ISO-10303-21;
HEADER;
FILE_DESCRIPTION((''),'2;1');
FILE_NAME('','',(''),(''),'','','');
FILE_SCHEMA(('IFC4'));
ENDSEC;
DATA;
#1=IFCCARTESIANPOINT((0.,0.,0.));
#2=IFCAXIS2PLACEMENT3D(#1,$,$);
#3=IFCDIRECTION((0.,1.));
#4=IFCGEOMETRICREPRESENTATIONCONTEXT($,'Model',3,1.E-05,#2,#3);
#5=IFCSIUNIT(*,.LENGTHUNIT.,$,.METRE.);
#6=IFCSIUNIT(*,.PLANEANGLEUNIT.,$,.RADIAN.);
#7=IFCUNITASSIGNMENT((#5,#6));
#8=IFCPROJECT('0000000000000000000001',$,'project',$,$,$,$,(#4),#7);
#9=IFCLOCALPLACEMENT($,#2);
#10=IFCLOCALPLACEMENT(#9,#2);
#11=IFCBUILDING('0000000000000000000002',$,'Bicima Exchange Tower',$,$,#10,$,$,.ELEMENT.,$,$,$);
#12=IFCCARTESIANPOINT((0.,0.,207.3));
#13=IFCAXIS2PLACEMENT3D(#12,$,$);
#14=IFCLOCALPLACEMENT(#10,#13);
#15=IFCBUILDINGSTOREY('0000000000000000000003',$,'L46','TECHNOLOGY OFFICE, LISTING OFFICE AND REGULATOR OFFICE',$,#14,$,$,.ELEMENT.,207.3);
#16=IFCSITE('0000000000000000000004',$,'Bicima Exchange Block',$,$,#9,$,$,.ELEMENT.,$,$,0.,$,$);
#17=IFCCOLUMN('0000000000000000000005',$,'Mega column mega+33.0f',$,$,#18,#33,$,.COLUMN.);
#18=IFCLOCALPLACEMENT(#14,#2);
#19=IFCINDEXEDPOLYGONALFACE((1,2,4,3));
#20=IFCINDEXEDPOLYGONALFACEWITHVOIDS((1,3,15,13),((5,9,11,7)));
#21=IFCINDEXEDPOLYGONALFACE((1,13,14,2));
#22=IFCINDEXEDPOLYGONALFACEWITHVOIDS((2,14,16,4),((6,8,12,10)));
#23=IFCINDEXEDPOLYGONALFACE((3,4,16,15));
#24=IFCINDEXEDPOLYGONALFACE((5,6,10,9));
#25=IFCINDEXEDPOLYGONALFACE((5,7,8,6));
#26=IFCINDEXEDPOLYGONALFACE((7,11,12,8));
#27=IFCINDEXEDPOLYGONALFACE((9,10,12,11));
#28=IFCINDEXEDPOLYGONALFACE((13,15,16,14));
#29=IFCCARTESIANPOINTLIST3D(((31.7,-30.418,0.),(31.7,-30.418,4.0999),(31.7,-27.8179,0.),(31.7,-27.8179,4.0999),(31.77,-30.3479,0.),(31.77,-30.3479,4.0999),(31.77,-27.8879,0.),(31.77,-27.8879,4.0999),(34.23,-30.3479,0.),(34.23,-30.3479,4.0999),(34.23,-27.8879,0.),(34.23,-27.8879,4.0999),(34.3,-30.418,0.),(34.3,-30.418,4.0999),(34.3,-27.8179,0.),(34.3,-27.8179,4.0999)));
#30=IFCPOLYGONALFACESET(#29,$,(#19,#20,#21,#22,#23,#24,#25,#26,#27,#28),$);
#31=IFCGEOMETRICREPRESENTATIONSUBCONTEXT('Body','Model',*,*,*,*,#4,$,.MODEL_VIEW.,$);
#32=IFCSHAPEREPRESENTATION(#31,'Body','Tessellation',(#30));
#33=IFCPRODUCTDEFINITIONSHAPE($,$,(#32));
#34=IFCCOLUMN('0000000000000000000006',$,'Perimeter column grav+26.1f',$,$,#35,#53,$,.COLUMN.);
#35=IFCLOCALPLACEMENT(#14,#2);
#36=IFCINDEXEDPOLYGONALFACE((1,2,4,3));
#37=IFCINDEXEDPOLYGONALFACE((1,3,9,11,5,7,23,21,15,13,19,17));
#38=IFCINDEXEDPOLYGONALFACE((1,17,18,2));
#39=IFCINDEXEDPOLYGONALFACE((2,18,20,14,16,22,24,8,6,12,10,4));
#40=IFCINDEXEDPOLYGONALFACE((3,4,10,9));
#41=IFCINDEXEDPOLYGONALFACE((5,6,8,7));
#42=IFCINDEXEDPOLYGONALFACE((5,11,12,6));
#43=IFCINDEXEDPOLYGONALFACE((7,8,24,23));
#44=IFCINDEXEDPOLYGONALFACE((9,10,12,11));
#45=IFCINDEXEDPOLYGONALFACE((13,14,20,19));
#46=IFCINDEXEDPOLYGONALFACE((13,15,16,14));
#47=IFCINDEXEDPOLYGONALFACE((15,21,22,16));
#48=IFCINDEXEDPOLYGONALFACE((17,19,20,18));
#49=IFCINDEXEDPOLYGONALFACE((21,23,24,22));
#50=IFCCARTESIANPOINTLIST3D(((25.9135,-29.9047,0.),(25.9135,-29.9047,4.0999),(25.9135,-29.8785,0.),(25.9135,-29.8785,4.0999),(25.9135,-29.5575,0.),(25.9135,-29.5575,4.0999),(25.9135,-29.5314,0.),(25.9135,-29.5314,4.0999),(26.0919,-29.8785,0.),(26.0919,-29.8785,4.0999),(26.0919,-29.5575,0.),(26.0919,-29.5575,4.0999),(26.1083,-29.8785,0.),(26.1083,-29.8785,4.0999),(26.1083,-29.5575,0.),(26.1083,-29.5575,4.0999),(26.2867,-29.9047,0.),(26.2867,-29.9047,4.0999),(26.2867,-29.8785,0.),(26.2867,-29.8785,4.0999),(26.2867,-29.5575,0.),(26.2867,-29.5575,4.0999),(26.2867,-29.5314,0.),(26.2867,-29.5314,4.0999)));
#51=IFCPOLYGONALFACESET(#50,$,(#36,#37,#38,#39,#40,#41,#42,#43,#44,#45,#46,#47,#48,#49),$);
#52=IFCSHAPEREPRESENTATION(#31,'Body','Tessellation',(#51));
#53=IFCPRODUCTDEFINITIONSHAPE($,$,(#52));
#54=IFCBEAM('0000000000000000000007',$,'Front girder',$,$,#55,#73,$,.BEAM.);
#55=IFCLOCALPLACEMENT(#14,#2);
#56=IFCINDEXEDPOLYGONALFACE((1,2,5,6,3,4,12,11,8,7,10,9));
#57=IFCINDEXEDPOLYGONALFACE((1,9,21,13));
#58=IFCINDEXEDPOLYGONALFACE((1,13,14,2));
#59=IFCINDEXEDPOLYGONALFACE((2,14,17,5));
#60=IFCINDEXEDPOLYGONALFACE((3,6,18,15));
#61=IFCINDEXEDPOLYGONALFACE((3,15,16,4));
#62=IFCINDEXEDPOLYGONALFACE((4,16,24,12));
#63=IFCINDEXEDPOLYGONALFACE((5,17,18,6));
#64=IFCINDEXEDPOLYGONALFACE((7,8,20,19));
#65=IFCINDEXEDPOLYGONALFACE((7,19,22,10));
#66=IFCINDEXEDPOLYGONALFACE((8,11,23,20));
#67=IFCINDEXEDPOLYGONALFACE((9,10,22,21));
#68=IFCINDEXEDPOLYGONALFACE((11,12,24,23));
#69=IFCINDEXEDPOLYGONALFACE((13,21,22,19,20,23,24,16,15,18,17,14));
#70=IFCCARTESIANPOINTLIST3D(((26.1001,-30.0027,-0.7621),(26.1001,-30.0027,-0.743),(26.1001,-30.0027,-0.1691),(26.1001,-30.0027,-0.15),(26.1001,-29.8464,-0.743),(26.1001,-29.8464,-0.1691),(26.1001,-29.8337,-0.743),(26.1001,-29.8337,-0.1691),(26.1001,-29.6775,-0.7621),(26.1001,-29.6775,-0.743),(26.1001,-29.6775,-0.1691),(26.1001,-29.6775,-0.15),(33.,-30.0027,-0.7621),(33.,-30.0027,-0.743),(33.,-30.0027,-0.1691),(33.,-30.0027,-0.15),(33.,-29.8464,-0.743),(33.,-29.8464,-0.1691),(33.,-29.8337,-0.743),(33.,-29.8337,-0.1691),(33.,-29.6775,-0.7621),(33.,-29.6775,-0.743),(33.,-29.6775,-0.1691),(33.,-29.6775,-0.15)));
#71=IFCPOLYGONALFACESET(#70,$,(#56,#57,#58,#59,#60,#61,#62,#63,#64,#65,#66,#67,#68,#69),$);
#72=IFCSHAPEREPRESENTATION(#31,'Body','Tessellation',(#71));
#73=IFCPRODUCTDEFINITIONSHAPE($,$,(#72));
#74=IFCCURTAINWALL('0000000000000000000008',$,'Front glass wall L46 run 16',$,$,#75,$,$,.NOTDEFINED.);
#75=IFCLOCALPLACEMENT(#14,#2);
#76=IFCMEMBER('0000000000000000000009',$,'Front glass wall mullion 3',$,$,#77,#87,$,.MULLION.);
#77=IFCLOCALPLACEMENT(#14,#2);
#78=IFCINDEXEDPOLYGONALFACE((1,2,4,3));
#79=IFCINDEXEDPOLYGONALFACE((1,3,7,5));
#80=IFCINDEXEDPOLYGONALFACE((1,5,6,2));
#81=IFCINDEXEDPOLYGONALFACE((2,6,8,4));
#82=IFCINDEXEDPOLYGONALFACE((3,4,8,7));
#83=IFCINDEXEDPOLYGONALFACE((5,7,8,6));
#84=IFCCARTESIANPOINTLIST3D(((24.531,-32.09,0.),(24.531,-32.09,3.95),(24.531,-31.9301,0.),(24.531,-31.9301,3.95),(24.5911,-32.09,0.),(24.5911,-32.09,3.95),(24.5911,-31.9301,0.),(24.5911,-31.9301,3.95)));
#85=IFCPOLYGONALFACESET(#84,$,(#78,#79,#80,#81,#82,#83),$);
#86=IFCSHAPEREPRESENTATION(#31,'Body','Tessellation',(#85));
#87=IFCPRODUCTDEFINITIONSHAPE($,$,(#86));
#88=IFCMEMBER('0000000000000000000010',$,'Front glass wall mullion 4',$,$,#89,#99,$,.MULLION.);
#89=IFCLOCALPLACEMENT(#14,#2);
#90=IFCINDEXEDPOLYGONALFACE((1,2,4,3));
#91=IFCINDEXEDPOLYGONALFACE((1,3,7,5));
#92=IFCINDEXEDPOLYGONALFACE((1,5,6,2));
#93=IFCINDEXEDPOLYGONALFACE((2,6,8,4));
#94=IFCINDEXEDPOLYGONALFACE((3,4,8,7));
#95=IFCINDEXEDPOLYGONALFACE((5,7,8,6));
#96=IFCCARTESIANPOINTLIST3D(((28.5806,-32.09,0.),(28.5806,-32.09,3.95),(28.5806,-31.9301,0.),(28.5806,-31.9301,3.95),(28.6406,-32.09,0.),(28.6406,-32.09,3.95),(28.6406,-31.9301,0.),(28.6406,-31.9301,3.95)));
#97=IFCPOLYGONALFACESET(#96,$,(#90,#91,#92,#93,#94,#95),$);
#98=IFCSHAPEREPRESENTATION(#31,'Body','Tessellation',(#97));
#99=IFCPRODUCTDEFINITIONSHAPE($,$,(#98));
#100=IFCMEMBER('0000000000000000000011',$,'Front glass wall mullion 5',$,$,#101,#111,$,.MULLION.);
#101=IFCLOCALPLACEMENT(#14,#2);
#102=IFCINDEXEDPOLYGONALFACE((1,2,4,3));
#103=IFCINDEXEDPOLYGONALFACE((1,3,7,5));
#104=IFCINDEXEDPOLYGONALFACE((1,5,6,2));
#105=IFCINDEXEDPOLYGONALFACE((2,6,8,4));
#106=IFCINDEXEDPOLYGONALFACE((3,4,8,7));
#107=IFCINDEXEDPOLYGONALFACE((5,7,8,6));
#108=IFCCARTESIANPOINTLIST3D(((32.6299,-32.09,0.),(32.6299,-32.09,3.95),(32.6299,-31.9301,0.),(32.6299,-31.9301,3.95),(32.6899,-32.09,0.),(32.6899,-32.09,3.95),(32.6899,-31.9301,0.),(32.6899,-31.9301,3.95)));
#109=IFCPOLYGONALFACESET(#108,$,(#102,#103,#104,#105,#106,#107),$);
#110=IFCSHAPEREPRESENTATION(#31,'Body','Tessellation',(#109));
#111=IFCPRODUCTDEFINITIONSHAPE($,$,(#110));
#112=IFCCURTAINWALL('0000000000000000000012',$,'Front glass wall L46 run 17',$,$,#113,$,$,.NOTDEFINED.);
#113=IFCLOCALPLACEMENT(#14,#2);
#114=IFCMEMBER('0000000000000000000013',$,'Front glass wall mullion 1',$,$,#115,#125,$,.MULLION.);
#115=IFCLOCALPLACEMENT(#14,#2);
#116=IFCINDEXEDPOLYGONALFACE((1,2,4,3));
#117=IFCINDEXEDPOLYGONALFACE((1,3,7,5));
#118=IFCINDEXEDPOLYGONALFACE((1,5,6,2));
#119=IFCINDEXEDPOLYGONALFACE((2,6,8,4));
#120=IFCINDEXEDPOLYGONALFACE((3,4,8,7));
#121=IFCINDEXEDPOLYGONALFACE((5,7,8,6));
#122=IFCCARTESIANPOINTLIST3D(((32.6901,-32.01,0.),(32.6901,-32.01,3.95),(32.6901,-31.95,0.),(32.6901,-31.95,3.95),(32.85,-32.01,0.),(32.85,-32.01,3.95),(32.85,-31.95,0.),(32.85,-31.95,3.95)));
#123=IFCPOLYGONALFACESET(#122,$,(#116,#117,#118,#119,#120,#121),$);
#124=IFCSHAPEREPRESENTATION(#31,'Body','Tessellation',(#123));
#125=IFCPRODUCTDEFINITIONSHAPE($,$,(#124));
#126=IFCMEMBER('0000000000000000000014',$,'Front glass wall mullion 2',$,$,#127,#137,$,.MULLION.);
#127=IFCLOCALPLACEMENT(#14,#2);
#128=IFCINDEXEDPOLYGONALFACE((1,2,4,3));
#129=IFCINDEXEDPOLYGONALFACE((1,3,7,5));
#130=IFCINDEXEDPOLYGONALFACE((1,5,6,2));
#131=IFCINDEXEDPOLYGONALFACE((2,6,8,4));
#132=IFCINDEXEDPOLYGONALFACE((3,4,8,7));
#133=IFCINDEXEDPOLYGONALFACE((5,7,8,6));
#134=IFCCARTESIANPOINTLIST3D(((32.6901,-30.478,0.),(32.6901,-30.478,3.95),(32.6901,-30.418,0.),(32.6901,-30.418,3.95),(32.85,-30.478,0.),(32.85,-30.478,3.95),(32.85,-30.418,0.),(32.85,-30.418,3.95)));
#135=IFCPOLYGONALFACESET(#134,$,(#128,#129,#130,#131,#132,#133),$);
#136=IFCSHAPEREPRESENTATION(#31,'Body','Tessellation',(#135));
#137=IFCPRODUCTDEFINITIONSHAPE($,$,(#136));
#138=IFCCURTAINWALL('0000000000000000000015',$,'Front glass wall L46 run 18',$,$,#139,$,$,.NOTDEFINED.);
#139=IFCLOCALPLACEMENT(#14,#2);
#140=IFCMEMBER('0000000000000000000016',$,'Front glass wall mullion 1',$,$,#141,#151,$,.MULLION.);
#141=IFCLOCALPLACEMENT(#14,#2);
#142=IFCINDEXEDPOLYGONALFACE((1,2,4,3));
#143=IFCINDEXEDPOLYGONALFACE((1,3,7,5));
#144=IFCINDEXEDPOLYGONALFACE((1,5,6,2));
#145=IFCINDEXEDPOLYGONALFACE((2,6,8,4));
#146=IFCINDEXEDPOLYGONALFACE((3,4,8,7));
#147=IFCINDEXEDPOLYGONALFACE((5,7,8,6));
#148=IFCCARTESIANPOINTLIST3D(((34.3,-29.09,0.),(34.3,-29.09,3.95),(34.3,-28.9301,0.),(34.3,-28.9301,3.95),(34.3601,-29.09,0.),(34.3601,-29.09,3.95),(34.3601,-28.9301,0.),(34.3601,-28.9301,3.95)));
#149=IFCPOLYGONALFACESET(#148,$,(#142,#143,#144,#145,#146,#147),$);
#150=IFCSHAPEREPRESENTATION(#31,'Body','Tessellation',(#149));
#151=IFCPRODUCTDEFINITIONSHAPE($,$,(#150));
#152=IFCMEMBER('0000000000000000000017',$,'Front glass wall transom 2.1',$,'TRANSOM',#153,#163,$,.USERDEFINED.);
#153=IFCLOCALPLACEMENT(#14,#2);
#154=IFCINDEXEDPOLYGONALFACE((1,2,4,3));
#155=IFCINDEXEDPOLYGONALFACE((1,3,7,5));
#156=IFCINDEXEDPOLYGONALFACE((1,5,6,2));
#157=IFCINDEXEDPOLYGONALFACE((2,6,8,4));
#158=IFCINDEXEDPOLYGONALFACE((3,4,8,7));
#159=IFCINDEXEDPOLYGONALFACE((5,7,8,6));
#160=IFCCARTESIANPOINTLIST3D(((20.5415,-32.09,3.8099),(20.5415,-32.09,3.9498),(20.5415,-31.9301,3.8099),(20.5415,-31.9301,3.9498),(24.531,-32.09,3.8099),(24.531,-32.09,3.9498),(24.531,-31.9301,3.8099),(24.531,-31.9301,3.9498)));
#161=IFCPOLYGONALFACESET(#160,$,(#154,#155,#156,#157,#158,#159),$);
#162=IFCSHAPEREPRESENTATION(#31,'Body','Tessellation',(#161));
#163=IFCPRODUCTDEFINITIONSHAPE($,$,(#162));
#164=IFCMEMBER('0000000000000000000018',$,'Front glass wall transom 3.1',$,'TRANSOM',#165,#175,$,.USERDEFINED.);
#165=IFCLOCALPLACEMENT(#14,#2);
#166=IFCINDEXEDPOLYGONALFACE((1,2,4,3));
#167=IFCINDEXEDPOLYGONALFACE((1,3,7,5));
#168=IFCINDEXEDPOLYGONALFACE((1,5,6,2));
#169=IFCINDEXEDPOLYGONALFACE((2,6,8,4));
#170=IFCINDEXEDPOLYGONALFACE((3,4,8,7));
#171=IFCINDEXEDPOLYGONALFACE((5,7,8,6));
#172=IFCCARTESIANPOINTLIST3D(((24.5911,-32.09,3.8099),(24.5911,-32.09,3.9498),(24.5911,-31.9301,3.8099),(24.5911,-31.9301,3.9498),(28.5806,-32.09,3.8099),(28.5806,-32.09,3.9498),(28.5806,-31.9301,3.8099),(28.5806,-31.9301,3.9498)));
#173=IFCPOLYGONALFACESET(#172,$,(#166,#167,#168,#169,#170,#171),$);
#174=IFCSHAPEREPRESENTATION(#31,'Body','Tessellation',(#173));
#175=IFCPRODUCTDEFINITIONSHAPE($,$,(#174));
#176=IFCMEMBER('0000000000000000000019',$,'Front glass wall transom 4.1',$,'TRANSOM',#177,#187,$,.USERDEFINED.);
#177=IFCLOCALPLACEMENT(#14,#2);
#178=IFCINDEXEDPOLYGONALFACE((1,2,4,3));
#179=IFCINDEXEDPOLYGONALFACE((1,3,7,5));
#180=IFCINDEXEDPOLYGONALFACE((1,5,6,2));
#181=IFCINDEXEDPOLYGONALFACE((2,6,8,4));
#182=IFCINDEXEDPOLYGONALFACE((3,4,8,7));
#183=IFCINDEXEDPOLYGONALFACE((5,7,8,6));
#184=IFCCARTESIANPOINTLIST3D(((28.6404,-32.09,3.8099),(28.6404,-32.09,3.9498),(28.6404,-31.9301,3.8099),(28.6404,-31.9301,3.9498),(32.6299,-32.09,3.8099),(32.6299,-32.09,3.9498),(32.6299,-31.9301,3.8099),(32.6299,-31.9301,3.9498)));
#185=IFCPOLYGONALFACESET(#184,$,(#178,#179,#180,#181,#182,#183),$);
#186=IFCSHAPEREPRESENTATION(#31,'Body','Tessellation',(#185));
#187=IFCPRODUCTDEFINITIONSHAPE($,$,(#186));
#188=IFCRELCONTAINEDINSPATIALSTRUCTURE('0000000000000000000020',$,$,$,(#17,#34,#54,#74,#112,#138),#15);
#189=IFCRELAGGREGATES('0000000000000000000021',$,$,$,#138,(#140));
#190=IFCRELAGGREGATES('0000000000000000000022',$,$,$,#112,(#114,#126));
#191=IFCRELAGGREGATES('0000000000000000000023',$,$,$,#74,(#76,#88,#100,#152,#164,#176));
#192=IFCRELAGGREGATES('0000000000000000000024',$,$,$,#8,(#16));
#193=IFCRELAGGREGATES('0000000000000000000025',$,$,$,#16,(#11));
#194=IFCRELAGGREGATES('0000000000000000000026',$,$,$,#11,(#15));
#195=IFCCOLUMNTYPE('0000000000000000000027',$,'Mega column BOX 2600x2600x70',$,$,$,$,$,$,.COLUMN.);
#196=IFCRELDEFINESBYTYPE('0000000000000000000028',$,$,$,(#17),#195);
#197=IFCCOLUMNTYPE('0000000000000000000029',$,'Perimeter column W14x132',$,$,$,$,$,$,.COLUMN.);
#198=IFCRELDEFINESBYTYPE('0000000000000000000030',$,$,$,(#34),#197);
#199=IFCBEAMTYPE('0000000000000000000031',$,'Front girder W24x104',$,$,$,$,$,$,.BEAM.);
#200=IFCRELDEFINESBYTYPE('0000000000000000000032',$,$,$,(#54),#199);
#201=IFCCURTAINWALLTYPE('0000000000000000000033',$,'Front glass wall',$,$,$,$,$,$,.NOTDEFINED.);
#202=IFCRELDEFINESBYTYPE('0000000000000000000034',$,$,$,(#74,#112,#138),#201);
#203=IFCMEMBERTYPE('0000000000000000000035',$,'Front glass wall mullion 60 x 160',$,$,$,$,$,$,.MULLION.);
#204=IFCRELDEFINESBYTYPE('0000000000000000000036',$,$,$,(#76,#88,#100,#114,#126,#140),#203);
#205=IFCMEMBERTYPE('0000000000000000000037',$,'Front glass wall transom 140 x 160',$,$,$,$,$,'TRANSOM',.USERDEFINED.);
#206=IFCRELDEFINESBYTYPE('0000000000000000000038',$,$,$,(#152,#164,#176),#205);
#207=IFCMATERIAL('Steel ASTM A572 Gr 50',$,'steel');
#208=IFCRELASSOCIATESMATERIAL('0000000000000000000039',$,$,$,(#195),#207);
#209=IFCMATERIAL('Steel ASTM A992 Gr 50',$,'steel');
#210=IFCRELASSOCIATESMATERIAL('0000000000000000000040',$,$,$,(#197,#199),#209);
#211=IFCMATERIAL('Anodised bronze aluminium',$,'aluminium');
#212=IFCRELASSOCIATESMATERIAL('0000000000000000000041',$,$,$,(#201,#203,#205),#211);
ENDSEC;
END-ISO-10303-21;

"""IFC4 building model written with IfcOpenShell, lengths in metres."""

from ifc_helpers import new_model, si_unit, direction, frame, origin, origin_2d, place, context, subcontext, project, spatial, rectangle, hollow_rectangle, i_section, extrude, material, material_profile, profile_set, type_object, element, aggregate, save


model = new_model("IFC4")

# Units and contexts
model_context = context("Model", 3, precision=1e-05, world=origin(), true_north=direction((0.0, 1.0)))
body_context = subcontext(model_context, "Body", "Model", "MODEL_VIEW")
ifc_project = project(units=[si_unit("LENGTHUNIT", "METRE"), si_unit("PLANEANGLEUNIT", "RADIAN")], contexts=[model_context])

# Site, building, storey
site_placement = place(None, origin())
site = spatial("IfcSite", under=ifc_project, at=site_placement, Name="Bicima Exchange Block", CompositionType="ELEMENT", RefElevation=0.0)
building_placement = place(site_placement, origin())
building = spatial("IfcBuilding", under=site, at=building_placement, Name="Bicima Exchange Tower", CompositionType="ELEMENT")
storey_placement = place(building_placement, frame((0.0, 0.0, 207.3)))
storey = spatial("IfcBuildingStorey", under=building, at=storey_placement, Name="L46", Description="TECHNOLOGY OFFICE, LISTING OFFICE AND REGULATOR OFFICE", CompositionType="ELEMENT", Elevation=207.3)

# Columns
ifc_material_1 = material(Name="Steel ASTM A572 Gr 50", Category="steel")
ifc_material_profile_1 = material_profile(ifc_material_1, hollow_rectangle(XDim=2.6001, YDim=2.6001, WallThickness=0.0701, at=origin_2d()))
ifc_profile_set_1 = profile_set([ifc_material_profile_1], Name="Steel ASTM A572 Gr 50")
column_type_1 = type_object("IfcColumnType", Name="Mega column BOX 2600x2600x70", PredefinedType="COLUMN", material=ifc_profile_set_1)
column_1_placement = place(storey_placement, frame((33.0, -29.1179, 0.0), z_axis=(0.0, 0.0, 1.0), x_axis=(1.0, 0.0, 0.0)))
element("IfcColumn", 1, at=column_1_placement, inside=storey, type_object=column_type_1, Name="Mega column mega+33.0f", PredefinedType="COLUMN", context=body_context, shape_type="SweptSolid", body=[
    extrude(hollow_rectangle(XDim=2.6001, YDim=2.6001, WallThickness=0.0701, at=origin_2d()), origin(), (0.0, 0.0, 1.0), 4.0999),
])
ifc_material_2 = material(Name="Steel ASTM A992 Gr 50", Category="steel")
ifc_material_profile_2 = material_profile(ifc_material_2, i_section(OverallWidth=0.3733, OverallDepth=0.3733, WebThickness=0.0164, FlangeThickness=0.0261, at=origin_2d()))
ifc_profile_set_2 = profile_set([ifc_material_profile_2], Name="Steel ASTM A992 Gr 50")
column_type_2 = type_object("IfcColumnType", Name="Perimeter column W14x132", PredefinedType="COLUMN", material=ifc_profile_set_2)
column_2_placement = place(storey_placement, frame((26.1001, -29.718, 0.0), z_axis=(0.0, 0.0, 1.0), x_axis=(1.0, 0.0, 0.0)))
element("IfcColumn", 2, at=column_2_placement, inside=storey, type_object=column_type_2, Name="Perimeter column grav+26.1f", PredefinedType="COLUMN", context=body_context, shape_type="SweptSolid", body=[
    extrude(i_section(OverallWidth=0.3733, OverallDepth=0.3733, WebThickness=0.0164, FlangeThickness=0.0261, at=origin_2d()), origin(), (0.0, 0.0, 1.0), 4.0999),
])

# Beam
ifc_material_profile_3 = material_profile(ifc_material_2, i_section(OverallWidth=0.3252, OverallDepth=0.6121, WebThickness=0.0127, FlangeThickness=0.019, at=origin_2d()))
ifc_profile_set_3 = profile_set([ifc_material_profile_3], Name="Steel ASTM A992 Gr 50")
beam_type = type_object("IfcBeamType", Name="Front girder W24x104", PredefinedType="BEAM", material=ifc_profile_set_3)
beam_placement = place(storey_placement, frame((26.1001, -29.8401, -0.4561), z_axis=(1.0, 0.0, 0.0), x_axis=(0.0, 1.0, 0.0)))
element("IfcBeam", 3, at=beam_placement, inside=storey, type_object=beam_type, Name="Front girder", PredefinedType="BEAM", context=body_context, shape_type="SweptSolid", body=[
    extrude(i_section(OverallWidth=0.3252, OverallDepth=0.6121, WebThickness=0.0127, FlangeThickness=0.019, at=origin_2d()), origin(), (0.0, 0.0, 1.0), 6.8999),
])

# Curtain walls, members
ifc_material_3 = material(Name="Anodised bronze aluminium", Category="aluminium")
curtain_wall_type = type_object("IfcCurtainWallType", Name="Front glass wall", PredefinedType="NOTDEFINED", material=ifc_material_3)
curtain_wall_1_placement = place(storey_placement, origin())
curtain_wall_1 = element("IfcCurtainWall", 4, at=curtain_wall_1_placement, inside=storey, type_object=curtain_wall_type, Name="Front glass wall L46 run 16", PredefinedType="NOTDEFINED")
ifc_material_profile_4 = material_profile(ifc_material_3, rectangle(XDim=0.1599, YDim=0.0601, at=origin_2d()))
ifc_profile_set_4 = profile_set([ifc_material_profile_4], Name="Anodised bronze aluminium")
member_type_1 = type_object("IfcMemberType", Name="Front glass wall mullion 60 x 160", PredefinedType="MULLION", material=ifc_profile_set_4)
member_1_placement = place(storey_placement, frame((24.561, -32.01, 0.0), z_axis=(0.0, 0.0, 1.0), x_axis=(0.0, 1.0, 0.0)))
member_1 = element("IfcMember", 5, at=member_1_placement, type_object=member_type_1, Name="Front glass wall mullion 3", PredefinedType="MULLION", context=body_context, shape_type="SweptSolid", body=[
    extrude(rectangle(XDim=0.1599, YDim=0.0601, at=origin_2d()), origin(), (0.0, 0.0, 1.0), 3.95),
])
member_2_placement = place(storey_placement, frame((28.6106, -32.01, 0.0), z_axis=(0.0, 0.0, 1.0), x_axis=(0.0, 1.0, 0.0)))
member_2 = element("IfcMember", 6, at=member_2_placement, type_object=member_type_1, Name="Front glass wall mullion 4", PredefinedType="MULLION", context=body_context, shape_type="SweptSolid", body=[
    extrude(rectangle(XDim=0.1599, YDim=0.0601, at=origin_2d()), origin(), (0.0, 0.0, 1.0), 3.95),
])
member_3_placement = place(storey_placement, frame((32.6599, -32.01, 0.0), z_axis=(0.0, 0.0, 1.0), x_axis=(0.0, 1.0, 0.0)))
member_3 = element("IfcMember", 7, at=member_3_placement, type_object=member_type_1, Name="Front glass wall mullion 5", PredefinedType="MULLION", context=body_context, shape_type="SweptSolid", body=[
    extrude(rectangle(XDim=0.1599, YDim=0.0601, at=origin_2d()), origin(), (0.0, 0.0, 1.0), 3.95),
])
curtain_wall_2_placement = place(storey_placement, origin())
curtain_wall_2 = element("IfcCurtainWall", 8, at=curtain_wall_2_placement, inside=storey, type_object=curtain_wall_type, Name="Front glass wall L46 run 17", PredefinedType="NOTDEFINED")
member_4_placement = place(storey_placement, frame((32.77, -31.98, 0.0), z_axis=(0.0, 0.0, 1.0), x_axis=(-1.0, 0.0, 0.0)))
member_4 = element("IfcMember", 9, at=member_4_placement, type_object=member_type_1, Name="Front glass wall mullion 1", PredefinedType="MULLION", context=body_context, shape_type="SweptSolid", body=[
    extrude(rectangle(XDim=0.1599, YDim=0.0601, at=origin_2d()), origin(), (0.0, 0.0, 1.0), 3.95),
])
member_5_placement = place(storey_placement, frame((32.77, -30.448, 0.0), z_axis=(0.0, 0.0, 1.0), x_axis=(-1.0, 0.0, 0.0)))
member_5 = element("IfcMember", 10, at=member_5_placement, type_object=member_type_1, Name="Front glass wall mullion 2", PredefinedType="MULLION", context=body_context, shape_type="SweptSolid", body=[
    extrude(rectangle(XDim=0.1599, YDim=0.0601, at=origin_2d()), origin(), (0.0, 0.0, 1.0), 3.95),
])

# Curtain wall, member
curtain_wall_3_placement = place(storey_placement, origin())
curtain_wall_3 = element("IfcCurtainWall", 11, at=curtain_wall_3_placement, inside=storey, type_object=curtain_wall_type, Name="Front glass wall L46 run 18", PredefinedType="NOTDEFINED")
member_6_placement = place(storey_placement, frame((34.3301, -29.01, 0.0), z_axis=(0.0, 0.0, 1.0), x_axis=(0.0, 1.0, 0.0)))
member_6 = element("IfcMember", 12, at=member_6_placement, type_object=member_type_1, Name="Front glass wall mullion 1", PredefinedType="MULLION", context=body_context, shape_type="SweptSolid", body=[
    extrude(rectangle(XDim=0.1599, YDim=0.0601, at=origin_2d()), origin(), (0.0, 0.0, 1.0), 3.95),
])

# Members
ifc_material_profile_5 = material_profile(ifc_material_3, rectangle(XDim=0.1599, YDim=0.1399, at=origin_2d()))
ifc_profile_set_5 = profile_set([ifc_material_profile_5], Name="Anodised bronze aluminium")
member_type_2 = type_object("IfcMemberType", Name="Front glass wall transom 140 x 160", ElementType="TRANSOM", PredefinedType="USERDEFINED", material=ifc_profile_set_5)
member_7_placement = place(storey_placement, frame((20.5415, -32.01, 3.8799), z_axis=(1.0, 0.0, 0.0), x_axis=(0.0, 1.0, 0.0)))
member_7 = element("IfcMember", 13, at=member_7_placement, type_object=member_type_2, Name="Front glass wall transom 2.1", ObjectType="TRANSOM", PredefinedType="USERDEFINED", context=body_context, shape_type="SweptSolid", body=[
    extrude(rectangle(XDim=0.1599, YDim=0.1399, at=origin_2d()), origin(), (0.0, 0.0, 1.0), 3.9895),
])
member_8_placement = place(storey_placement, frame((24.5911, -32.01, 3.8799), z_axis=(1.0, 0.0, 0.0), x_axis=(0.0, 1.0, 0.0)))
member_8 = element("IfcMember", 14, at=member_8_placement, type_object=member_type_2, Name="Front glass wall transom 3.1", ObjectType="TRANSOM", PredefinedType="USERDEFINED", context=body_context, shape_type="SweptSolid", body=[
    extrude(rectangle(XDim=0.1599, YDim=0.1399, at=origin_2d()), origin(), (0.0, 0.0, 1.0), 3.9895),
])
member_9_placement = place(storey_placement, frame((28.6404, -32.01, 3.8799), z_axis=(1.0, 0.0, 0.0), x_axis=(0.0, 1.0, 0.0)))
member_9 = element("IfcMember", 15, at=member_9_placement, type_object=member_type_2, Name="Front glass wall transom 4.1", ObjectType="TRANSOM", PredefinedType="USERDEFINED", context=body_context, shape_type="SweptSolid", body=[
    extrude(rectangle(XDim=0.1599, YDim=0.1399, at=origin_2d()), origin(), (0.0, 0.0, 1.0), 3.9895),
])
aggregate(curtain_wall_3, [member_6])

aggregate(curtain_wall_2, [member_4, member_5])
aggregate(curtain_wall_1, [member_1, member_2, member_3, member_7, member_8, member_9])

save(model, "model.ifc")
